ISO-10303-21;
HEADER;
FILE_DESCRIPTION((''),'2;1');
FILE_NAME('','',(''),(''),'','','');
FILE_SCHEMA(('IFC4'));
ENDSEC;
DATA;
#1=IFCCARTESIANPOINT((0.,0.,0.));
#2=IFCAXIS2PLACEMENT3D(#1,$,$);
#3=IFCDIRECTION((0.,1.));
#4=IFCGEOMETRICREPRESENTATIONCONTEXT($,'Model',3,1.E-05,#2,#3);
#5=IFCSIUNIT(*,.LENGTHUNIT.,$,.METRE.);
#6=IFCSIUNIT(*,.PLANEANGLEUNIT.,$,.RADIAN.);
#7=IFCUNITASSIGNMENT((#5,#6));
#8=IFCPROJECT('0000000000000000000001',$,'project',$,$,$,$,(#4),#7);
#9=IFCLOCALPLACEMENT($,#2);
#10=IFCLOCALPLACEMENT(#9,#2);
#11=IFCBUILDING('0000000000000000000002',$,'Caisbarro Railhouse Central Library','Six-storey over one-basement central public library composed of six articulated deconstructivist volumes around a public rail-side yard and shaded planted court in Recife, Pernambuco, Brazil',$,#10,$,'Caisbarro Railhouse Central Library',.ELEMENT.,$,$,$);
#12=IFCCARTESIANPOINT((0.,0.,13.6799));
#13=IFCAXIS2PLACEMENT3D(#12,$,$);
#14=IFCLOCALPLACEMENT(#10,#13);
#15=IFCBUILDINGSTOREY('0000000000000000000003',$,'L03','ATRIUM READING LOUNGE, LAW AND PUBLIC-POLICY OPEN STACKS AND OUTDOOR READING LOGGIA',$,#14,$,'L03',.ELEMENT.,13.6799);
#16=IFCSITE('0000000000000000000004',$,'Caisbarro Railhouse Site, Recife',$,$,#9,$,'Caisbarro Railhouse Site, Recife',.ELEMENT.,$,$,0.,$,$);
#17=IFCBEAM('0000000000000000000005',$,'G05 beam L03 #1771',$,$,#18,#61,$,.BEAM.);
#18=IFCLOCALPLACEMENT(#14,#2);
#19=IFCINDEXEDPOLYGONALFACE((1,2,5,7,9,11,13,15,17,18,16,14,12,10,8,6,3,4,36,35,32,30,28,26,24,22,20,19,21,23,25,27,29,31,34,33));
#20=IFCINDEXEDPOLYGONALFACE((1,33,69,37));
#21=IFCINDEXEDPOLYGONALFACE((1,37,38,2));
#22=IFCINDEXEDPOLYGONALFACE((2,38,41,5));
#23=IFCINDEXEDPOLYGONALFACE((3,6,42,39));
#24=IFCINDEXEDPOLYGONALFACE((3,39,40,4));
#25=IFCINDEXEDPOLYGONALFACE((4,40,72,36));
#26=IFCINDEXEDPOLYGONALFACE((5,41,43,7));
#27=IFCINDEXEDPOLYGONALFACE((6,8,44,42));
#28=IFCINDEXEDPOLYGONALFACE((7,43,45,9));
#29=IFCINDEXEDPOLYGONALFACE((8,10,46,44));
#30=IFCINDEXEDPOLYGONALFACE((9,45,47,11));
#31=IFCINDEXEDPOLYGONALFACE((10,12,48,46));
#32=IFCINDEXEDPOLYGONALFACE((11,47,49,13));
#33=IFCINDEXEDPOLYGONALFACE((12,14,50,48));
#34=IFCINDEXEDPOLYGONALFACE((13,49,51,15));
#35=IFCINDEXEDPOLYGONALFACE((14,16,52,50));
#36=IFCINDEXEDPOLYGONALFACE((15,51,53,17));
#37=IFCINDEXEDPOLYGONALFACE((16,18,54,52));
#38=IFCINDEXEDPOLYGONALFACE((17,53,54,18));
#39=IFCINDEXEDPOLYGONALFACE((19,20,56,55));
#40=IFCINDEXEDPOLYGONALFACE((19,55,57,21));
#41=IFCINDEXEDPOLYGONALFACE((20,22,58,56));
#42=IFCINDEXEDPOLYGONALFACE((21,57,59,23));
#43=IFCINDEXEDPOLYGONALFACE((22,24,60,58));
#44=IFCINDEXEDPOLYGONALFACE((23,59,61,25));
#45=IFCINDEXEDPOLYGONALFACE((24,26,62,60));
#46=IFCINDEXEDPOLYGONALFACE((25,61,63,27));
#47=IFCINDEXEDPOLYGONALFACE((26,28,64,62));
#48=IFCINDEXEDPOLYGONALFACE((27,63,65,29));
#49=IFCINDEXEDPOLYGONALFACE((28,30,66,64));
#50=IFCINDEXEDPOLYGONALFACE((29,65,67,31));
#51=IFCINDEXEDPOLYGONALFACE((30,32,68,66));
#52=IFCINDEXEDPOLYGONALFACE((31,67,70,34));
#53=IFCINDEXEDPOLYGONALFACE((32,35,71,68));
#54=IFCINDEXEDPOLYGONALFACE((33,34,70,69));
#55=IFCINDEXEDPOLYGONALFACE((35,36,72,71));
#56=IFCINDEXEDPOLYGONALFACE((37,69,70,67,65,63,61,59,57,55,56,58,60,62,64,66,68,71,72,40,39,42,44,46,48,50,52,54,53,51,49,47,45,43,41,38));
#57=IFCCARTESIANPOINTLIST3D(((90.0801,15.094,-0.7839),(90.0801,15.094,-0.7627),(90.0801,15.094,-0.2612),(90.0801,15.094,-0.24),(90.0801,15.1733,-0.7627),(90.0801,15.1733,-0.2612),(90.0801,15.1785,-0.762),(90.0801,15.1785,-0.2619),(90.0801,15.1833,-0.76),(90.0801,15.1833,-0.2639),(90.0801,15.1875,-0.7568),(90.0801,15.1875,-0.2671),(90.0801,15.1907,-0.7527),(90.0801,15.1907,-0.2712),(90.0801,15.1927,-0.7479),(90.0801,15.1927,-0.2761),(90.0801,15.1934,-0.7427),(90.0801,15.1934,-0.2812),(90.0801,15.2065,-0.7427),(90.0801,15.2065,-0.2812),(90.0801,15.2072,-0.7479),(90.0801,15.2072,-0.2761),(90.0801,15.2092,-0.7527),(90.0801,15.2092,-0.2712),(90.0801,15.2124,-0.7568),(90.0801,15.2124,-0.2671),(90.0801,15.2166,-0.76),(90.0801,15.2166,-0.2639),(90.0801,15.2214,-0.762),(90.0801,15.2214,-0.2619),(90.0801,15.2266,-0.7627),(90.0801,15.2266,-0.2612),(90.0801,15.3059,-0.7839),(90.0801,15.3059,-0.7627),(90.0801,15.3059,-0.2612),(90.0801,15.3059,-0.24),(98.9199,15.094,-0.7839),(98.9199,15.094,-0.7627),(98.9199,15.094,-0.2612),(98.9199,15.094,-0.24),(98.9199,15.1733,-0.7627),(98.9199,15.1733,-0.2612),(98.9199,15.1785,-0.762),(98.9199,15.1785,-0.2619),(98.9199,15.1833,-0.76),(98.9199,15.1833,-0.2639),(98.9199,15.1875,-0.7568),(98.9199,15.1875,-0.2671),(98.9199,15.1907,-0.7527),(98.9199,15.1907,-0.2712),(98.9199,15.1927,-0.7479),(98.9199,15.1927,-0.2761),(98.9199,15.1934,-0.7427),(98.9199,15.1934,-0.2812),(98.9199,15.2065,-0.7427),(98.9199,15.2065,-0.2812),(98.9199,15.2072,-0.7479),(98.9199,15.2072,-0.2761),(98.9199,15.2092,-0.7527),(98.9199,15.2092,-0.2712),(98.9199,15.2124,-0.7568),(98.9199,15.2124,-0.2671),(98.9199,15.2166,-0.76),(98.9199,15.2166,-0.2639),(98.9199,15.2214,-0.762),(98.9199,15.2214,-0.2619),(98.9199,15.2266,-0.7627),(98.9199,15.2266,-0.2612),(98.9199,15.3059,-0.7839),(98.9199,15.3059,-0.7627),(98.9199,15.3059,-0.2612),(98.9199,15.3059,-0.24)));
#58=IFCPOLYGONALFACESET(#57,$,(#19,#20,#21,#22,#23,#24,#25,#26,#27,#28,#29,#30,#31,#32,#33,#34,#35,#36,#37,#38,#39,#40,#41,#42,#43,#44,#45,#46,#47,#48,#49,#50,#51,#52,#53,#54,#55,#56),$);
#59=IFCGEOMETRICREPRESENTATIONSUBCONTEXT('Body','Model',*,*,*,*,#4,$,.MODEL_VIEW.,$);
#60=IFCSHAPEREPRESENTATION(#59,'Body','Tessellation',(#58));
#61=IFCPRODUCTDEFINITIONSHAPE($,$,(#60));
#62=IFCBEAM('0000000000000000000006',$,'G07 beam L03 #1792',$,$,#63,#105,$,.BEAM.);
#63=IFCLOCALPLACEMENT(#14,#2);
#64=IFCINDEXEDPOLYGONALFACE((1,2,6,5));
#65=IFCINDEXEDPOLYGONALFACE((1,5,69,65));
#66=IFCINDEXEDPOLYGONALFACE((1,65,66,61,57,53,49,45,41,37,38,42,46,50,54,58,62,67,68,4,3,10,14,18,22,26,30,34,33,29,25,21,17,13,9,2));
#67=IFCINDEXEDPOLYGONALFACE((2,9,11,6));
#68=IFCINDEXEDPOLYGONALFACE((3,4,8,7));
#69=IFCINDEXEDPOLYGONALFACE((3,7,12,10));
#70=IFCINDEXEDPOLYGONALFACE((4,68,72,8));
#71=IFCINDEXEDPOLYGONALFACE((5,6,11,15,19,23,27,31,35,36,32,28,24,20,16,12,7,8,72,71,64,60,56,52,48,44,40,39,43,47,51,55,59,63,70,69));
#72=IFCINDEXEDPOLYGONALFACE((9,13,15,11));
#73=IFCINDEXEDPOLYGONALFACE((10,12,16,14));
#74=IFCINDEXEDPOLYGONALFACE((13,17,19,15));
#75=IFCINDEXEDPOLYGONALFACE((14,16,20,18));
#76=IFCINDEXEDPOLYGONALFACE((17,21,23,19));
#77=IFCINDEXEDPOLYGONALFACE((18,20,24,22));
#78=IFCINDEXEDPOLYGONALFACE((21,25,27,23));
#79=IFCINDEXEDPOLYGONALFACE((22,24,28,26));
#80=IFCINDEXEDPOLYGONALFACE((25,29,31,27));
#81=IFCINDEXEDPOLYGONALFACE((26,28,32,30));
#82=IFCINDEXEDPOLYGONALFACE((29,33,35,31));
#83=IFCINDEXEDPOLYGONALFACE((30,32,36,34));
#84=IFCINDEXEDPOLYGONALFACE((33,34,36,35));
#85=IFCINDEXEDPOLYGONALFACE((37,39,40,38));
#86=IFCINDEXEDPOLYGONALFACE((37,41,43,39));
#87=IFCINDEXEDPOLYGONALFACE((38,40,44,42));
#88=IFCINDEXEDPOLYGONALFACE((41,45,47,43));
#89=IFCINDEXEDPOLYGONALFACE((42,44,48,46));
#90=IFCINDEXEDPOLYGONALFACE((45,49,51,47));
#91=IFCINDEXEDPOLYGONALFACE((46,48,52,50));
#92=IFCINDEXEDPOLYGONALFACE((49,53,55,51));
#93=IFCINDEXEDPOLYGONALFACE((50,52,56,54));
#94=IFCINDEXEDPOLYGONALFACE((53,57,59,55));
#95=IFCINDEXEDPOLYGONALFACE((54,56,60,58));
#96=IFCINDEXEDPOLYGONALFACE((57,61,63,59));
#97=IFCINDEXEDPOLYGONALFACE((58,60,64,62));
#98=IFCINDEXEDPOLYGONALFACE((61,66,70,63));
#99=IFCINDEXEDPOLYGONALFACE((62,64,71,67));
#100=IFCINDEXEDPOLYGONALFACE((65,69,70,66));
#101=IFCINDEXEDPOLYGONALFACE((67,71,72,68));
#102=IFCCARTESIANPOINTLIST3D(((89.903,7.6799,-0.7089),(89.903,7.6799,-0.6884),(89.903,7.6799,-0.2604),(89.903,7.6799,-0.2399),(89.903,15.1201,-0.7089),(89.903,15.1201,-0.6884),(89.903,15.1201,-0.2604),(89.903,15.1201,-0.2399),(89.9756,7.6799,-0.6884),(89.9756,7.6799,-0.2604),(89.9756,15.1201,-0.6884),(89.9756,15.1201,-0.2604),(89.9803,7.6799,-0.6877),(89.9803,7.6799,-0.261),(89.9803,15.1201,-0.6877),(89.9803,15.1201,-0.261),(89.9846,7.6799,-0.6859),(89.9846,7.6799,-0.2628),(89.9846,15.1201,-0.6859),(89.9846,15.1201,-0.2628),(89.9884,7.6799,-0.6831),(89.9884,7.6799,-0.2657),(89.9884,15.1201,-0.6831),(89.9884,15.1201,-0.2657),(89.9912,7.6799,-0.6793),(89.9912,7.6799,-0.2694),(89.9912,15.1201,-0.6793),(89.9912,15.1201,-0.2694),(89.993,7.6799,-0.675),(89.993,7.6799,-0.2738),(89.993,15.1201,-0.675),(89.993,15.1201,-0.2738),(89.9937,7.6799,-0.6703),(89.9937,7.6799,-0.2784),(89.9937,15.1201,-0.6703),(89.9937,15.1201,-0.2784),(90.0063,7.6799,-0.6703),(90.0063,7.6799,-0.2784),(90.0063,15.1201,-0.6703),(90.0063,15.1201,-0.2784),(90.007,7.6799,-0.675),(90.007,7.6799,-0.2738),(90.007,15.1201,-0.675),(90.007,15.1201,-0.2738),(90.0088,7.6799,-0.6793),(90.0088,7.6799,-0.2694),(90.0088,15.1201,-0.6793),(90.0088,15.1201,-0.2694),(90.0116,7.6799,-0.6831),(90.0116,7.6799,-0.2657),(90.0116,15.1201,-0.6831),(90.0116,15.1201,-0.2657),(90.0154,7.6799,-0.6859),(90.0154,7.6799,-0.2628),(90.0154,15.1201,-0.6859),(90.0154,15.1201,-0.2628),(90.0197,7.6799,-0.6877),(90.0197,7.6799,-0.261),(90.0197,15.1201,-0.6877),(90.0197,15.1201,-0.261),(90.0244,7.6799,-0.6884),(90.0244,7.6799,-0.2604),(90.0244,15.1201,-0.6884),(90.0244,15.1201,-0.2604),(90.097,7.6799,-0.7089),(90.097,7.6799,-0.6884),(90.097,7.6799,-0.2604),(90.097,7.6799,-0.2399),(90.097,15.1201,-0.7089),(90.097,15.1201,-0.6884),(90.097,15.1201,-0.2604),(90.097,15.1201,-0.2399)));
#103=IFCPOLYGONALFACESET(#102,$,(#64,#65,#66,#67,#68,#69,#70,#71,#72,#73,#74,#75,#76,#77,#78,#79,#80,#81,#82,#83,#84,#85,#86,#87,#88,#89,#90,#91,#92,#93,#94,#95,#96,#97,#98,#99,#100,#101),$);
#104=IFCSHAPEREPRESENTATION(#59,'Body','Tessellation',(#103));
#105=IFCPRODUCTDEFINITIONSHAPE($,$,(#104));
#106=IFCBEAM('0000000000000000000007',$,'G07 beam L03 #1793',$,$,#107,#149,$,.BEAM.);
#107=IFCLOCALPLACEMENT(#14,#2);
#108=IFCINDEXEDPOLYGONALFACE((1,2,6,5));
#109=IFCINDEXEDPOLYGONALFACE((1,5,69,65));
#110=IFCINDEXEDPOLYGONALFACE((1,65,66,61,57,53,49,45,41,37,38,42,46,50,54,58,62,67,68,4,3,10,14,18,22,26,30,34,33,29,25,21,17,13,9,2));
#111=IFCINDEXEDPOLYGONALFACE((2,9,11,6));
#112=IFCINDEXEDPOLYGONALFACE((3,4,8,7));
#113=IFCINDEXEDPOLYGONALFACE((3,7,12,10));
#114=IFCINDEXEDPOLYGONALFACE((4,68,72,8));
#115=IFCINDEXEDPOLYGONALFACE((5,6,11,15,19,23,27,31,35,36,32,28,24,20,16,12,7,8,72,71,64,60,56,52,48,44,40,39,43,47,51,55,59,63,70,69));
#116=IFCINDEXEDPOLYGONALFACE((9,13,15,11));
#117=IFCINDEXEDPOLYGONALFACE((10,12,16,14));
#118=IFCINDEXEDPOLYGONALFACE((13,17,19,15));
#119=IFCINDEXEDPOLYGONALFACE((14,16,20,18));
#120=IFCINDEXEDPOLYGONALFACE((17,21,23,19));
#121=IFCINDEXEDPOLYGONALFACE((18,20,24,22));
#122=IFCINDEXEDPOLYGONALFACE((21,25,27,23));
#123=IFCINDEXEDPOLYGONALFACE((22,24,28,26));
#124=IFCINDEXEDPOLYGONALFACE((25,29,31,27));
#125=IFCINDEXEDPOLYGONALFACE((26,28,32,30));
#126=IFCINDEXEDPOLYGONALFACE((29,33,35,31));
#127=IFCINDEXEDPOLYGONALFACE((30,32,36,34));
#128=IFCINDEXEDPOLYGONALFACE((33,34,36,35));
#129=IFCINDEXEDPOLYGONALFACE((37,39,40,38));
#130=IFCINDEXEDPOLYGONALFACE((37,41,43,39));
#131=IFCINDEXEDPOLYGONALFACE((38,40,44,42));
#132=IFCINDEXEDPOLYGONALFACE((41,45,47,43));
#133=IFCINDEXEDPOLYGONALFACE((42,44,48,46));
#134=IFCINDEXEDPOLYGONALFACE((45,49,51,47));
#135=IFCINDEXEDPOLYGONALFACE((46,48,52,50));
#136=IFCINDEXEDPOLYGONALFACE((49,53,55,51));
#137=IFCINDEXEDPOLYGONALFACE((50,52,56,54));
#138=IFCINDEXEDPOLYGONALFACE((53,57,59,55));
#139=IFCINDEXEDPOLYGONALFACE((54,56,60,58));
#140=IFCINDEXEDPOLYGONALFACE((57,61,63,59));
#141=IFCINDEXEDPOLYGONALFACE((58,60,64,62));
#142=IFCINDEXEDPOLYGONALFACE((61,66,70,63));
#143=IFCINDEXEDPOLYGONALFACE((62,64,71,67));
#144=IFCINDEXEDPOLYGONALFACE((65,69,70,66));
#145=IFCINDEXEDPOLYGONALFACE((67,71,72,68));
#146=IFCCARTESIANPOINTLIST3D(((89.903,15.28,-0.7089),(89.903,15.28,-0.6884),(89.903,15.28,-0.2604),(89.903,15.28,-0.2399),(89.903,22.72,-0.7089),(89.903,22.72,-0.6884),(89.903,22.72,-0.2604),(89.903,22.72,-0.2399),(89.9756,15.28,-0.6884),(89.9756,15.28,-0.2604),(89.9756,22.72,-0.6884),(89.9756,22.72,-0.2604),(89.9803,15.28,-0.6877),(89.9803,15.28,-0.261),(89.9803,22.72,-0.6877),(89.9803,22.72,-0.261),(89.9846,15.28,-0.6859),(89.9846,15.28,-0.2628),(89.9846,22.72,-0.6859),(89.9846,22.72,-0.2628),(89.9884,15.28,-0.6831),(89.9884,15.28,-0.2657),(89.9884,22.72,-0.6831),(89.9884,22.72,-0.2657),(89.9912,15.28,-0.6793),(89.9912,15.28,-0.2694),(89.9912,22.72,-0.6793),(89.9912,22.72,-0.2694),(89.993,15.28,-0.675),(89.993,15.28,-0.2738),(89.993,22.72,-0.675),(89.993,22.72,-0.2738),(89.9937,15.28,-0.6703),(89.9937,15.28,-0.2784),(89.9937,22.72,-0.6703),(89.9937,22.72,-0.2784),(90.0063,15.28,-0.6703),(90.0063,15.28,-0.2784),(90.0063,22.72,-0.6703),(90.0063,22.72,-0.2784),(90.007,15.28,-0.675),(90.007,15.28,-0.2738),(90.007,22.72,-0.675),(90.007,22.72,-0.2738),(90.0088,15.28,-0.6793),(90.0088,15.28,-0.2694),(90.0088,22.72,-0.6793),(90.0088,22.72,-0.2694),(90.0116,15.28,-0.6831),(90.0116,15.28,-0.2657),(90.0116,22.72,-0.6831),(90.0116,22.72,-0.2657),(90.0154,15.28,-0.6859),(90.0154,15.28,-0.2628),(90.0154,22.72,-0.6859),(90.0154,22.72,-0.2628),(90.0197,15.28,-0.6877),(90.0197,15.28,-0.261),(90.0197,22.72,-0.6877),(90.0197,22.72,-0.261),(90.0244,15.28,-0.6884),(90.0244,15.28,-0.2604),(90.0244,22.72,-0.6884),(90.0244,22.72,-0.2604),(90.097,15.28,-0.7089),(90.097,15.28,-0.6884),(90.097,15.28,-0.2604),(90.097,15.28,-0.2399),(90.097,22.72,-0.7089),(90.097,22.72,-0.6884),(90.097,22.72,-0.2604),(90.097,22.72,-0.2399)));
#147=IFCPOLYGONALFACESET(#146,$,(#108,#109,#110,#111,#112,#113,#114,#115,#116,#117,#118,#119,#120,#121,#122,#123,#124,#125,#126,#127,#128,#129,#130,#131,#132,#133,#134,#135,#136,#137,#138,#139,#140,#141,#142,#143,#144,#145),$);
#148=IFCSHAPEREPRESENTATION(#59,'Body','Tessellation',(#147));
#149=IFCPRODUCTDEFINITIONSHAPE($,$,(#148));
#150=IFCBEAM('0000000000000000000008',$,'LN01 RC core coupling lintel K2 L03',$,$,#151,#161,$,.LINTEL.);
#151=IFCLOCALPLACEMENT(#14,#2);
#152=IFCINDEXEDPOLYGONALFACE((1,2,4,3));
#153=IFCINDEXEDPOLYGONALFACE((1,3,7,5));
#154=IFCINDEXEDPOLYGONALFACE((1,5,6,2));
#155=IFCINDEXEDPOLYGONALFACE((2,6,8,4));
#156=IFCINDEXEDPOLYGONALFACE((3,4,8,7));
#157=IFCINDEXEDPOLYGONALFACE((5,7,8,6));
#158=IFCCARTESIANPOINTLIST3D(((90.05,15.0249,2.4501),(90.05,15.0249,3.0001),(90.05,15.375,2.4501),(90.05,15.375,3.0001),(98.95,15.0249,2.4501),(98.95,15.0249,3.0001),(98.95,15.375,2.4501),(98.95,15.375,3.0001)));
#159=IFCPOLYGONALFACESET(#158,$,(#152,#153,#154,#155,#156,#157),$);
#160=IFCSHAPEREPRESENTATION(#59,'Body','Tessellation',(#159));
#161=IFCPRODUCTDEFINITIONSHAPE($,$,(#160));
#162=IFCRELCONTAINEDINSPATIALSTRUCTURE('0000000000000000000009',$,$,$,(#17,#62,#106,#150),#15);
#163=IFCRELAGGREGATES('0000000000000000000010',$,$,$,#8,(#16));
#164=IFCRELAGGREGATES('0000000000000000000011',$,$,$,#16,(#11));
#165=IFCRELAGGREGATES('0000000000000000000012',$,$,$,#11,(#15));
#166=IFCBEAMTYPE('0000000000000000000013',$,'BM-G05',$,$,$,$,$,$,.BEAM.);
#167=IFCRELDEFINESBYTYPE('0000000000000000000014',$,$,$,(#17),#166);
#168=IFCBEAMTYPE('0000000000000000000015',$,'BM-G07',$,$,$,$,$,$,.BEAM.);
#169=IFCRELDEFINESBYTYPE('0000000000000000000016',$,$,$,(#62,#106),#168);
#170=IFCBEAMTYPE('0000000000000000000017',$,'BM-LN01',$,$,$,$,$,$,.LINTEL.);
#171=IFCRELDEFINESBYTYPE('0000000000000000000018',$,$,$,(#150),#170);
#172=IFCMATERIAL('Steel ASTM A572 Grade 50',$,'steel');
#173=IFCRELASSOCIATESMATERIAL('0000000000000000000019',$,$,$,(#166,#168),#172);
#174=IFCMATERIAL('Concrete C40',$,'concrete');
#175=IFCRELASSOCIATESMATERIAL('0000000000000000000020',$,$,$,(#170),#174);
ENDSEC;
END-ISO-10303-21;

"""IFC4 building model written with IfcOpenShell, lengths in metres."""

from ifc_helpers import new_model, si_unit, direction, frame, origin, origin_2d, place, context, subcontext, project, spatial, rectangle, i_section, extrude, material, material_profile, profile_set, type_object, element, save


model = new_model("IFC4")

# Units and contexts
model_context = context("Model", 3, precision=1e-05, world=origin(), true_north=direction((0.0, 1.0)))
body_context = subcontext(model_context, "Body", "Model", "MODEL_VIEW")
ifc_project = project(units=[si_unit("LENGTHUNIT", "METRE"), si_unit("PLANEANGLEUNIT", "RADIAN")], contexts=[model_context])

# Site, building, storey
site_placement = place(None, origin())
site = spatial("IfcSite", under=ifc_project, at=site_placement, Name="Caisbarro Railhouse Site, Recife", LongName="Caisbarro Railhouse Site, Recife", CompositionType="ELEMENT", RefElevation=0.0)
building_placement = place(site_placement, origin())
building = spatial("IfcBuilding", under=site, at=building_placement, Name="Caisbarro Railhouse Central Library", Description="Six-storey over one-basement central public library composed of six articulated deconstructivist volumes around a public rail-side yard and shaded planted court in Recife, Pernambuco, Brazil", LongName="Caisbarro Railhouse Central Library", CompositionType="ELEMENT")
storey_placement = place(building_placement, frame((0.0, 0.0, 13.6799)))
storey = spatial("IfcBuildingStorey", under=building, at=storey_placement, Name="L03", Description="ATRIUM READING LOUNGE, LAW AND PUBLIC-POLICY OPEN STACKS AND OUTDOOR READING LOGGIA", LongName="L03", CompositionType="ELEMENT", Elevation=13.6799)

# Shared definitions
ifc_material_1 = material(Name="Steel ASTM A572 Grade 50", Category="steel")

# Beams
ifc_material_profile_1 = material_profile(ifc_material_1, i_section(OverallWidth=0.2119, OverallDepth=0.5439, WebThickness=0.0132, FlangeThickness=0.0212, FilletRadius=0.02, at=origin_2d()), Name="W530X123.0")
ifc_profile_set_1 = profile_set([ifc_material_profile_1], Name="Steel ASTM A572 Grade 50")
beam_type_1 = type_object("IfcBeamType", Name="BM-G05", PredefinedType="BEAM", material=ifc_profile_set_1)
for number, where, z_axis, x_axis, name in (
    (1, (90.0801, 15.2, -0.512), (1.0, 0.0, 0.0), (0.0, 1.0, 0.0), "G05 beam L03 #1771"),
):
    element("IfcBeam", number, at=place(storey_placement, frame(where, z_axis=z_axis, x_axis=x_axis)), inside=storey, type_object=beam_type_1, Name=name, PredefinedType="BEAM", context=body_context, shape_type="SweptSolid", body=[
        extrude(i_section(OverallWidth=0.2119, OverallDepth=0.5439, WebThickness=0.0132, FlangeThickness=0.0212, FilletRadius=0.02, at=origin_2d()), origin(), (0.0, 0.0, 1.0), 8.8398),
    ])
ifc_material_profile_2 = material_profile(ifc_material_1, i_section(OverallWidth=0.1941, OverallDepth=0.469, WebThickness=0.0127, FlangeThickness=0.0205, FilletRadius=0.0181, at=origin_2d()), Name="W460X106.0")
ifc_profile_set_2 = profile_set([ifc_material_profile_2], Name="Steel ASTM A572 Grade 50")
beam_type_2 = type_object("IfcBeamType", Name="BM-G07", PredefinedType="BEAM", material=ifc_profile_set_2)
beam_1_placement = place(storey_placement, frame((90.0, 7.6799, -0.4744), z_axis=(0.0, 1.0, 0.0), x_axis=(-1.0, 0.0, 0.0)))
element("IfcBeam", 2, at=beam_1_placement, inside=storey, type_object=beam_type_2, Name="G07 beam L03 #1792", PredefinedType="BEAM", context=body_context, shape_type="SweptSolid", body=[
    extrude(i_section(OverallWidth=0.1941, OverallDepth=0.469, WebThickness=0.0127, FlangeThickness=0.0205, FilletRadius=0.0181, at=origin_2d()), origin(), (0.0, 0.0, 1.0), 7.4402),
])
beam_2_placement = place(storey_placement, frame((90.0, 15.28, -0.4744), z_axis=(0.0, 1.0, 0.0), x_axis=(-1.0, 0.0, 0.0)))
element("IfcBeam", 3, at=beam_2_placement, inside=storey, type_object=beam_type_2, Name="G07 beam L03 #1793", PredefinedType="BEAM", context=body_context, shape_type="SweptSolid", body=[
    extrude(i_section(OverallWidth=0.1941, OverallDepth=0.469, WebThickness=0.0127, FlangeThickness=0.0205, FilletRadius=0.0181, at=origin_2d()), origin(), (0.0, 0.0, 1.0), 7.4399),
])
ifc_material_2 = material(Name="Concrete C40", Category="concrete")
ifc_material_profile_3 = material_profile(ifc_material_2, rectangle(XDim=0.3501, YDim=0.55, at=origin_2d()), Name="RC-LIN-350X550")
ifc_profile_set_3 = profile_set([ifc_material_profile_3], Name="Concrete C40")
beam_type_3 = type_object("IfcBeamType", Name="BM-LN01", PredefinedType="LINTEL", material=ifc_profile_set_3)
beam_3_placement = place(storey_placement, frame((90.05, 15.2, 2.7251), z_axis=(1.0, 0.0, 0.0), x_axis=(0.0, 1.0, 0.0)))
element("IfcBeam", 4, at=beam_3_placement, inside=storey, type_object=beam_type_3, Name="LN01 RC core coupling lintel K2 L03", PredefinedType="LINTEL", context=body_context, shape_type="SweptSolid", body=[
    extrude(rectangle(XDim=0.3501, YDim=0.55, at=origin_2d()), origin(), (0.0, 0.0, 1.0), 8.8999),
])

save(model, "model.ifc")
